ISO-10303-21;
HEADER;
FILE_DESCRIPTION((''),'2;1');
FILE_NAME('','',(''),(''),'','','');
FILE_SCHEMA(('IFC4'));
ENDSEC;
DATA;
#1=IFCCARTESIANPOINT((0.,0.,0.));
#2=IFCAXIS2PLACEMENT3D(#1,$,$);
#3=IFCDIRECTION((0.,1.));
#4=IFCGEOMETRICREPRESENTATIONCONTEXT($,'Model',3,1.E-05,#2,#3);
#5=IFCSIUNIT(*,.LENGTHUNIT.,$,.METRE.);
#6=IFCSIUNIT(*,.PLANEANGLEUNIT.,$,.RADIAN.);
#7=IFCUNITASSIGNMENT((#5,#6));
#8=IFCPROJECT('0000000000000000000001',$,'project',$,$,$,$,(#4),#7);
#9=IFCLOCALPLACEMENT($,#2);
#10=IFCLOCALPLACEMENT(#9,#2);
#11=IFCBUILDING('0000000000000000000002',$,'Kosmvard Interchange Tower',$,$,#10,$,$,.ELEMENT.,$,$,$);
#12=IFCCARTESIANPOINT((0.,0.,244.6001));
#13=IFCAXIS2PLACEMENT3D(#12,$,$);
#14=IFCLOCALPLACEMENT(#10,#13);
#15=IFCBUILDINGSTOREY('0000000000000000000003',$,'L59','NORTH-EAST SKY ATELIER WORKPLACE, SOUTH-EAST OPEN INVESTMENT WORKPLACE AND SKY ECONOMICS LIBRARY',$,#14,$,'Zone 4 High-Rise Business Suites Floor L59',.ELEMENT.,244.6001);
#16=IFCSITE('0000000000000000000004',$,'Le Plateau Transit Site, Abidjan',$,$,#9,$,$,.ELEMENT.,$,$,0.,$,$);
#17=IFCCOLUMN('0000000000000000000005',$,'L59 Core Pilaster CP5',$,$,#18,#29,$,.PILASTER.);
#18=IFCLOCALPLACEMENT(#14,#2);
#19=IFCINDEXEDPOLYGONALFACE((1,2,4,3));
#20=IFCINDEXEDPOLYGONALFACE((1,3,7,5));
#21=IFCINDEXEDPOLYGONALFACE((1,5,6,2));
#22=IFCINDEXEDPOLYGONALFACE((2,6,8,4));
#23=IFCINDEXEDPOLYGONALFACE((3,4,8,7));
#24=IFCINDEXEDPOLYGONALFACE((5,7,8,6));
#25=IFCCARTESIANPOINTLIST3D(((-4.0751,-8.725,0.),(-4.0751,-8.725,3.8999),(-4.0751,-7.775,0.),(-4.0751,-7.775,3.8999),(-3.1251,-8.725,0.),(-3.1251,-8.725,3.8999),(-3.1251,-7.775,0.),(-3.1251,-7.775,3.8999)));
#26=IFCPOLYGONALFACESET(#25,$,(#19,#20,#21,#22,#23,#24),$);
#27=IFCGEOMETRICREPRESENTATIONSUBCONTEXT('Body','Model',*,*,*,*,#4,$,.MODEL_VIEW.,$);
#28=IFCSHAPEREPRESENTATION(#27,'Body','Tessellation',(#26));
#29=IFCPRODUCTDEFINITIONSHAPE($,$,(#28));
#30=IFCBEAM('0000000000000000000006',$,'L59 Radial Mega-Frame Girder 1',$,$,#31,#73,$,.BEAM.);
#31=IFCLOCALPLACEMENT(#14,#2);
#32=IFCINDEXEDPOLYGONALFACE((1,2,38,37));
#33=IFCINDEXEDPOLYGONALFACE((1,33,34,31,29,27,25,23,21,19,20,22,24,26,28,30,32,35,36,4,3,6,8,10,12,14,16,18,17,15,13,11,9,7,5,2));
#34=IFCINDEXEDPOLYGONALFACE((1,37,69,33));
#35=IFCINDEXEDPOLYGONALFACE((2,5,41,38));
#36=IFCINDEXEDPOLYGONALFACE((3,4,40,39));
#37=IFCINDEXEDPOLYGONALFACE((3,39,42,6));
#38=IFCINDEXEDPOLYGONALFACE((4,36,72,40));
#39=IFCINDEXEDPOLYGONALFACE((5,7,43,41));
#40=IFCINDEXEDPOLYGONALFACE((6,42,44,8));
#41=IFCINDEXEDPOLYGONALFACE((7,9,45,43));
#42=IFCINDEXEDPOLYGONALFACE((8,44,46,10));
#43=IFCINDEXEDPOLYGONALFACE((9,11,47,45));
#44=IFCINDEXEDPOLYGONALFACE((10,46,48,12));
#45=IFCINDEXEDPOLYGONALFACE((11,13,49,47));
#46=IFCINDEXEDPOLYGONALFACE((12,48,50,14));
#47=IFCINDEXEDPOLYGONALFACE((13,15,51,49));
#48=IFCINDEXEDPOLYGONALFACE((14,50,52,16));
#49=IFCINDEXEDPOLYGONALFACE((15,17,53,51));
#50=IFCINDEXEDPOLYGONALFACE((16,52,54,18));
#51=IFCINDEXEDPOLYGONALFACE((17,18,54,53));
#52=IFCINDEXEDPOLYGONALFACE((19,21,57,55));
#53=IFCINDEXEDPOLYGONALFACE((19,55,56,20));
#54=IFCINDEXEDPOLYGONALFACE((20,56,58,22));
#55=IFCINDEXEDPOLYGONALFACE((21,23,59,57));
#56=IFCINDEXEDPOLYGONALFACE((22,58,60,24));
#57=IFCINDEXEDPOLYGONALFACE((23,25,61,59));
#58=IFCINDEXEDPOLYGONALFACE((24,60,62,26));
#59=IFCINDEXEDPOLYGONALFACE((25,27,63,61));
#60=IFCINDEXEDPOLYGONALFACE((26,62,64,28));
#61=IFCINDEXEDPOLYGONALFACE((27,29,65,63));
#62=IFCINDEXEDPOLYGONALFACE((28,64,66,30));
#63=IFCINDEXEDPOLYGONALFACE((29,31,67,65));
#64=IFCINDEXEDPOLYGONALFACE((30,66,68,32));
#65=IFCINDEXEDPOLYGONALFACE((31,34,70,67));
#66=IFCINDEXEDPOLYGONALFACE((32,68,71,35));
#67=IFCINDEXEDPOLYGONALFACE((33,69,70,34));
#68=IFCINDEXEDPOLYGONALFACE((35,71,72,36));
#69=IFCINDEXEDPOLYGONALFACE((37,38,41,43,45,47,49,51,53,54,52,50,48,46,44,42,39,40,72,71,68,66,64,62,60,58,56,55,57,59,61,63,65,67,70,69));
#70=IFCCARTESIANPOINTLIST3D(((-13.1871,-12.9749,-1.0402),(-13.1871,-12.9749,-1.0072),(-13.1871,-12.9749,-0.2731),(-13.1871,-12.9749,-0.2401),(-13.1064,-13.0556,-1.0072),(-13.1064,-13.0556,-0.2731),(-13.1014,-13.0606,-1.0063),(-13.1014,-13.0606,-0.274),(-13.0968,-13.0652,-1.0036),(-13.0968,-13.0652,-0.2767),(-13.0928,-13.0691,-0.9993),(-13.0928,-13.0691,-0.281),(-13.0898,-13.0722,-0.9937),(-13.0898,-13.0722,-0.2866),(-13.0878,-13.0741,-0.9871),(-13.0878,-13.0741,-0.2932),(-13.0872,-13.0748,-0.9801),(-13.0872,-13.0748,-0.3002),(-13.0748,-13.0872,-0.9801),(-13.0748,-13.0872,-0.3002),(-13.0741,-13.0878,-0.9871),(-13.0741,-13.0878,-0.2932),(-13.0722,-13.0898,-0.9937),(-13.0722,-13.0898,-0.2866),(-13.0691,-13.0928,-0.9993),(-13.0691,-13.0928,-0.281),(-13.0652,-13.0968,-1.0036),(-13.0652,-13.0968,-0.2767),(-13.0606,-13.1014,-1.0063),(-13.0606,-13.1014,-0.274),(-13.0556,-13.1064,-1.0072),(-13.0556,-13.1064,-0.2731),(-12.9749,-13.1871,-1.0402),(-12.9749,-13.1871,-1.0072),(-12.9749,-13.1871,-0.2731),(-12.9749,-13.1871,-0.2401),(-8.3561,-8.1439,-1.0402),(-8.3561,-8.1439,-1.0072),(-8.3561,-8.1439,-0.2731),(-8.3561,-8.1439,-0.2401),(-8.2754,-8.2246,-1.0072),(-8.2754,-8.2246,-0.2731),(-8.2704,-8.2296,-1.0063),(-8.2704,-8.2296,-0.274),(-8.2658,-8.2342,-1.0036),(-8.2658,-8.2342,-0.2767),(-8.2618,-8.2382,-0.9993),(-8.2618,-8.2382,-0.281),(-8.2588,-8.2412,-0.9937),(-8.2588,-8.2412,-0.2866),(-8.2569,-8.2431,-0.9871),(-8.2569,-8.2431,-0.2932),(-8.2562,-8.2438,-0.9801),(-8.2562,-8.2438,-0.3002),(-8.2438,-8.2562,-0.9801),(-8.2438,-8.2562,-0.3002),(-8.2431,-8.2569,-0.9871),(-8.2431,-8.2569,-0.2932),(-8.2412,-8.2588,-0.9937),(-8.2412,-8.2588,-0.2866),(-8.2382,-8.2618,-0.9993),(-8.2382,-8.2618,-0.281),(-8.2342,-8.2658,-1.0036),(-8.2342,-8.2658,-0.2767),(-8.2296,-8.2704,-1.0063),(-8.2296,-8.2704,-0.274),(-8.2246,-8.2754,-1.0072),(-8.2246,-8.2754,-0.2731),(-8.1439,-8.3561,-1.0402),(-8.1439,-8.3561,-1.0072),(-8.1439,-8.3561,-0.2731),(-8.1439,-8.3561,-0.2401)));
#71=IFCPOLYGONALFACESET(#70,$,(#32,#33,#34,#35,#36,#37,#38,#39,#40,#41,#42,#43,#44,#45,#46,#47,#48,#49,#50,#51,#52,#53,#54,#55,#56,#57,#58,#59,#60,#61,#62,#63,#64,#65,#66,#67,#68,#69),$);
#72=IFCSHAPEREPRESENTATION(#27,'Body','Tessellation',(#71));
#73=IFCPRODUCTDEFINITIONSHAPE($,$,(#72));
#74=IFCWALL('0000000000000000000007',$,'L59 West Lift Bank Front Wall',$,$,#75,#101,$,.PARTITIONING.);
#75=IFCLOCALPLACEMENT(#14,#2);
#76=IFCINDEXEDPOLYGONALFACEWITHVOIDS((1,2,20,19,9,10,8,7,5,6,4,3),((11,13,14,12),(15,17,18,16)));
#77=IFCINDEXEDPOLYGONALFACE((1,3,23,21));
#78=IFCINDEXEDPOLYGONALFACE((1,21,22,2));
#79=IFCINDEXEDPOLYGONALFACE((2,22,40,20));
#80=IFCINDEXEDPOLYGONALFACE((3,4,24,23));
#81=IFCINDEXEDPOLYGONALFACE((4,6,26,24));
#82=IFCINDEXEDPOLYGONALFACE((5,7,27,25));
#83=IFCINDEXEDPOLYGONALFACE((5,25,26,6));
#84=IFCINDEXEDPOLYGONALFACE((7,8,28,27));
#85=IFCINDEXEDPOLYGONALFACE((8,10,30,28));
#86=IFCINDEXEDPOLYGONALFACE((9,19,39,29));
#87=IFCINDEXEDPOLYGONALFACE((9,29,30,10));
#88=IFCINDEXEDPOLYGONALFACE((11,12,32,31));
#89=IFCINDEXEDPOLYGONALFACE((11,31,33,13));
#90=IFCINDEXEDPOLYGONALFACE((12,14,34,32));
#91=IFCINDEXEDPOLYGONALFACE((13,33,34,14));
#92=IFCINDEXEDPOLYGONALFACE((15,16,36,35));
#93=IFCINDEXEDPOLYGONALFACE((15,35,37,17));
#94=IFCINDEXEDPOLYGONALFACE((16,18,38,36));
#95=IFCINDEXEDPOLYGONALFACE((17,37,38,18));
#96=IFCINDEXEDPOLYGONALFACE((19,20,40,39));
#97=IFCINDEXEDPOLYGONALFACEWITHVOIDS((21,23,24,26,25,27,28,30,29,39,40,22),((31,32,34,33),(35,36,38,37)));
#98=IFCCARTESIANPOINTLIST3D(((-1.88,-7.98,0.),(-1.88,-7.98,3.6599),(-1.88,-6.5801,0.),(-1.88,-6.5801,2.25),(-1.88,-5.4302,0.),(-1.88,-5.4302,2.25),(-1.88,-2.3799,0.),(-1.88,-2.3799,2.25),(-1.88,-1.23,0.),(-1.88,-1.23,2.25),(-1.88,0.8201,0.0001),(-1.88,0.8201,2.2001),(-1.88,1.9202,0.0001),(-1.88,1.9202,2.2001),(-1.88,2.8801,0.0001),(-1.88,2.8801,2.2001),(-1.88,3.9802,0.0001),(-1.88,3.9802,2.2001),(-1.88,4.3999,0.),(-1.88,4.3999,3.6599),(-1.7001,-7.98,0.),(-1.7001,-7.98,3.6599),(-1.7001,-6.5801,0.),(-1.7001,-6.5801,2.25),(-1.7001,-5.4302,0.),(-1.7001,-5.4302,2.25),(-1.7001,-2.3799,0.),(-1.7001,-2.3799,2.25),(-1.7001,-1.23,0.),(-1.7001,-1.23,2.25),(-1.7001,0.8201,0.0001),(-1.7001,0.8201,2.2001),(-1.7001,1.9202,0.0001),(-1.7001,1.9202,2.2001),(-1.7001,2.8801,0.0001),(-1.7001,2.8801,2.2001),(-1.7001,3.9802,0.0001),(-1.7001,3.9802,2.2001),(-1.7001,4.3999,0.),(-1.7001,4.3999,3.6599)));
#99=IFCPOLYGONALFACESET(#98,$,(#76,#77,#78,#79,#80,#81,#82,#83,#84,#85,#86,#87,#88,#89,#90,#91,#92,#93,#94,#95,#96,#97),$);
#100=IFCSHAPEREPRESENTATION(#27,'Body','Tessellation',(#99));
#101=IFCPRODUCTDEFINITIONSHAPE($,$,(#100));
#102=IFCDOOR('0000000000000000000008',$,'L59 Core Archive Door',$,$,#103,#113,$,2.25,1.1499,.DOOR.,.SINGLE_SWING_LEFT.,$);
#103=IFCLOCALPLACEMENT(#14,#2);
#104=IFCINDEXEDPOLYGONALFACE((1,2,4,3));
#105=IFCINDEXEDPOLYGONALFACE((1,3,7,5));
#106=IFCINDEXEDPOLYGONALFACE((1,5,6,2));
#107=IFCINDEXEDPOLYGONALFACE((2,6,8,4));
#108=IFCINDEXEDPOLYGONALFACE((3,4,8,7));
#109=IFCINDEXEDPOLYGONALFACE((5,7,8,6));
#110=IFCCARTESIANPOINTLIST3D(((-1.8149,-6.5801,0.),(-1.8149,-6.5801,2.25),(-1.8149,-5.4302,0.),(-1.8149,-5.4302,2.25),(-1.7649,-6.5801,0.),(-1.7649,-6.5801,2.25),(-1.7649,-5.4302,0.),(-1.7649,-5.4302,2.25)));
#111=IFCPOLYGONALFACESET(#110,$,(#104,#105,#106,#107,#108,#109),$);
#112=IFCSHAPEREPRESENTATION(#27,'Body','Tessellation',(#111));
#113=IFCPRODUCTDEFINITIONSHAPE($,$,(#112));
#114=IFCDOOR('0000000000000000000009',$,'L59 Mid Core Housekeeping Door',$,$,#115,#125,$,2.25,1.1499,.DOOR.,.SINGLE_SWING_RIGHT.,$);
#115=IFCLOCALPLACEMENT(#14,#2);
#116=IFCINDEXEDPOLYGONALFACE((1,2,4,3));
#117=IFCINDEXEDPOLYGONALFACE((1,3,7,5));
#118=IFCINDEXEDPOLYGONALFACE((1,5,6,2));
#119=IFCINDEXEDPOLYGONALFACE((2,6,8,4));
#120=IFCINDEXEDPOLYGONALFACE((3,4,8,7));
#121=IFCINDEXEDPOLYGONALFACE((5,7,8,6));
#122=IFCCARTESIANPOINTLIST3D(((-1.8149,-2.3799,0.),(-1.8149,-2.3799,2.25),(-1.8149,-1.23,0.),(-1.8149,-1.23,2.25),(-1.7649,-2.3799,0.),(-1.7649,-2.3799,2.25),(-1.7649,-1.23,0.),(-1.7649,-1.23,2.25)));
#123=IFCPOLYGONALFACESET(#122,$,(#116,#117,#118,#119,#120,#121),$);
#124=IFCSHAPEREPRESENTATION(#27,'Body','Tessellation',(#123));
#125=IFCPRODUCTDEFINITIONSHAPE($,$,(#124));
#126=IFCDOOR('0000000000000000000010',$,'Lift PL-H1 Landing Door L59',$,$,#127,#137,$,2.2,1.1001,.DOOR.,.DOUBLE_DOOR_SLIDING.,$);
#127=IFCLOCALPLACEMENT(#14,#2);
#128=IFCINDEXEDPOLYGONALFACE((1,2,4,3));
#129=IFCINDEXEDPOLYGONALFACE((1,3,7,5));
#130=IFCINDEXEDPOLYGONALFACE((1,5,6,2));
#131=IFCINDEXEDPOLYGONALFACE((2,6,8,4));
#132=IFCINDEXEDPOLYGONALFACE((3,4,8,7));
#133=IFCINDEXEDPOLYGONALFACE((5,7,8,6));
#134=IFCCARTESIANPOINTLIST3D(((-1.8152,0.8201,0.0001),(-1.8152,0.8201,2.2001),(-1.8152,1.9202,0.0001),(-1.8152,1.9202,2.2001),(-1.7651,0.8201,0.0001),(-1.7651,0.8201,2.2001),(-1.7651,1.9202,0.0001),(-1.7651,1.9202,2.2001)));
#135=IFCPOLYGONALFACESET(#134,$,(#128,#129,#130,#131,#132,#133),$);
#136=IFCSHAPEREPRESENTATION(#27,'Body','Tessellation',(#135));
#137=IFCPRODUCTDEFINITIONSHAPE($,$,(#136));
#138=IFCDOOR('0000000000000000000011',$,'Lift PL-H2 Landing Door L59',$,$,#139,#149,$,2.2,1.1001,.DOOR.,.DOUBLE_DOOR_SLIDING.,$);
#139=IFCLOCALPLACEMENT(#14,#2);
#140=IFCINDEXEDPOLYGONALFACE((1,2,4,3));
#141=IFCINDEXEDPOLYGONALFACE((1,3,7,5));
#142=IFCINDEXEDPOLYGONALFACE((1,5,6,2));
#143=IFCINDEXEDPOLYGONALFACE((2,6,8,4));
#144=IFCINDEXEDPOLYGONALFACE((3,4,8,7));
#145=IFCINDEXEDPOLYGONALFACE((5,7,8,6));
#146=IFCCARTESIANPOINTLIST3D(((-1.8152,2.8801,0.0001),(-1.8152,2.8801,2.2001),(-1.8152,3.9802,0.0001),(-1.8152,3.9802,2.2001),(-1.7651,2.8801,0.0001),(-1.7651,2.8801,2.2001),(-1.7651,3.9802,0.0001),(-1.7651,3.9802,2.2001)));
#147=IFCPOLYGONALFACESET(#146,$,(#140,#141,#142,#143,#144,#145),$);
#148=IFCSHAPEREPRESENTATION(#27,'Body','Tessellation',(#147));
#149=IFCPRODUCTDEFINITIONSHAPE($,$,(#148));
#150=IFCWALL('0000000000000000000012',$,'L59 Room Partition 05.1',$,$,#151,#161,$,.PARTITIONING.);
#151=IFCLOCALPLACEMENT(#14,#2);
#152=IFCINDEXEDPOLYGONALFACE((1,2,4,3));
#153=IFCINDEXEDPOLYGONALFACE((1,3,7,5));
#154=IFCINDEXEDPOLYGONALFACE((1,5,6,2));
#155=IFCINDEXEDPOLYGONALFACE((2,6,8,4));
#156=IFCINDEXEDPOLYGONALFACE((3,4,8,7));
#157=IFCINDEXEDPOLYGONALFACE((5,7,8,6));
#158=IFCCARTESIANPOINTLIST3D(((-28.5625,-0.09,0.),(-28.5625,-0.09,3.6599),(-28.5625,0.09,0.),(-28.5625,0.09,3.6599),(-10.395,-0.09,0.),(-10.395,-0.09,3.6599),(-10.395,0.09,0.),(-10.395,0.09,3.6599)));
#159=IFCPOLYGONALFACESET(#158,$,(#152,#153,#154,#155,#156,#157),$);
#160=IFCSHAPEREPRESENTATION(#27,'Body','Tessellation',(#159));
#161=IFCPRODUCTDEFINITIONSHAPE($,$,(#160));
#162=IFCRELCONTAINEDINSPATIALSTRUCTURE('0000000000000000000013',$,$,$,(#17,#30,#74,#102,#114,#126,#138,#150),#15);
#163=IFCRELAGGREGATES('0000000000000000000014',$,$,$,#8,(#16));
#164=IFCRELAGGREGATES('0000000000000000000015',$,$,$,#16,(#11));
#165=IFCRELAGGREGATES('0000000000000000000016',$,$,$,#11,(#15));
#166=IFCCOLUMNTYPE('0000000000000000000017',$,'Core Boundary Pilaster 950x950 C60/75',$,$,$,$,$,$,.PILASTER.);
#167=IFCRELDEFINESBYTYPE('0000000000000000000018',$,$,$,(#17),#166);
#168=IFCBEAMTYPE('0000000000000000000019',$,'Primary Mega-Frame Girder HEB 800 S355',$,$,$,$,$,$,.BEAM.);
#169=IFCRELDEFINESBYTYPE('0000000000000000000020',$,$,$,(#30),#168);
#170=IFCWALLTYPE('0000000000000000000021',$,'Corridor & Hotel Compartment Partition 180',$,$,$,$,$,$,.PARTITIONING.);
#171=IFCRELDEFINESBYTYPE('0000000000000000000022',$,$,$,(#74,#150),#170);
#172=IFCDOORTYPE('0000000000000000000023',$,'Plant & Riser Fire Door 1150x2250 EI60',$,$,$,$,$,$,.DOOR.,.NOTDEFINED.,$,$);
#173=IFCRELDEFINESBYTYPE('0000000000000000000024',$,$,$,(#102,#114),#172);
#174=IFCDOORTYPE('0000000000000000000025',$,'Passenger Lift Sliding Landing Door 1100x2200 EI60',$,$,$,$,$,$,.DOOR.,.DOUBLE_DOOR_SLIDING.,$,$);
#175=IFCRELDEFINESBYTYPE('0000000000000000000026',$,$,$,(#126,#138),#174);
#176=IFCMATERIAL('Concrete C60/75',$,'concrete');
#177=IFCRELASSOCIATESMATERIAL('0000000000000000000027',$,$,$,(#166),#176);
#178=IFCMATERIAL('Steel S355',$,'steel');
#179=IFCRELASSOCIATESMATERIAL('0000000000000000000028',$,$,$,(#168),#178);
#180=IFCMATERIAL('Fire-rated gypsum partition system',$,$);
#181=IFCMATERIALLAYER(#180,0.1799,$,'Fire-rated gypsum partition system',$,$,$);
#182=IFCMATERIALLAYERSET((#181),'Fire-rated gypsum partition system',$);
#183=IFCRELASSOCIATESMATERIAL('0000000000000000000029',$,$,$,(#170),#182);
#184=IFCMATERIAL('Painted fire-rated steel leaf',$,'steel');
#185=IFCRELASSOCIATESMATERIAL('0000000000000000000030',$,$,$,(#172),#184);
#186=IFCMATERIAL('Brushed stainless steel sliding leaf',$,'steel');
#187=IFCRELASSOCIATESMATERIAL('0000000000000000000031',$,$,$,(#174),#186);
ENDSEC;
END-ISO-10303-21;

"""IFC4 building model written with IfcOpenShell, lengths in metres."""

from ifc_helpers import new_model, si_unit, direction, frame, frame_2d, origin, origin_2d, place, context, subcontext, project, spatial, rectangle, i_section, extrude, source, transform, mapped, material, layer, layer_set, material_profile, profile_set, type_object, element, fill, save


model = new_model("IFC4")

# Units and contexts
model_context = context("Model", 3, precision=1e-05, world=origin(), true_north=direction((0.0, 1.0)))
body_context = subcontext(model_context, "Body", "Model", "MODEL_VIEW")
ifc_project = project(units=[si_unit("LENGTHUNIT", "METRE"), si_unit("PLANEANGLEUNIT", "RADIAN")], contexts=[model_context])

# Site, building, storey
site_placement = place(None, origin())
site = spatial("IfcSite", under=ifc_project, at=site_placement, Name="Le Plateau Transit Site, Abidjan", CompositionType="ELEMENT", RefElevation=0.0)
building_placement = place(site_placement, origin())
building = spatial("IfcBuilding", under=site, at=building_placement, Name="Kosmvard Interchange Tower", CompositionType="ELEMENT")
storey_placement = place(building_placement, frame((0.0, 0.0, 244.6001)))
storey = spatial("IfcBuildingStorey", under=building, at=storey_placement, Name="L59", Description="NORTH-EAST SKY ATELIER WORKPLACE, SOUTH-EAST OPEN INVESTMENT WORKPLACE AND SKY ECONOMICS LIBRARY", LongName="Zone 4 High-Rise Business Suites Floor L59", CompositionType="ELEMENT", Elevation=244.6001)

# Column
ifc_material_1 = material(Name="Concrete C60/75", Category="concrete")
ifc_material_profile_1 = material_profile(ifc_material_1, rectangle(XDim=0.95, YDim=0.95, at=origin_2d()), Name="CP 950x950")
ifc_profile_set_1 = profile_set([ifc_material_profile_1], Name="Concrete C60/75")
column_type = type_object("IfcColumnType", Name="Core Boundary Pilaster 950x950 C60/75", PredefinedType="PILASTER", material=ifc_profile_set_1)
shared_shape_1 = source(origin(), body_context, "Body", "SweptSolid", [
    extrude(rectangle(XDim=0.95, YDim=0.95, at=origin_2d()), origin(), (0.0, 0.0, 1.0), 3.8999),
])
column_placement = place(storey_placement, frame((-3.6001, -8.25, 0.0), z_axis=(0.0, 0.0, 1.0), x_axis=(1.0, 0.0, 0.0)))
element("IfcColumn", 1, at=column_placement, inside=storey, type_object=column_type, Name="L59 Core Pilaster CP5", PredefinedType="PILASTER", context=body_context, shape_type="MappedRepresentation", body=[
    mapped(shared_shape_1, transform((0.0, 0.0, 0.0), scale=1.0)),
])

# Beam
ifc_material_2 = material(Name="Steel S355", Category="steel")
ifc_material_profile_2 = material_profile(ifc_material_2, i_section(OverallWidth=0.3, OverallDepth=0.8, WebThickness=0.0176, FlangeThickness=0.033, FilletRadius=0.0271, at=origin_2d()), Name="HEB 800")
ifc_profile_set_2 = profile_set([ifc_material_profile_2], Name="Steel S355")
beam_type = type_object("IfcBeamType", Name="Primary Mega-Frame Girder HEB 800 S355", PredefinedType="BEAM", material=ifc_profile_set_2)
shared_shape_2 = source(origin(), body_context, "Body", "SweptSolid", [
    extrude(i_section(OverallWidth=0.3, OverallDepth=0.8, WebThickness=0.0176, FlangeThickness=0.033, FilletRadius=0.0271, at=origin_2d()), origin(), (0.0, 0.0, 1.0), 6.832),
])
beam_placement = place(storey_placement, frame((-8.25, -8.25, -0.6401), z_axis=(-0.707107, -0.707107, 0.0), x_axis=(0.707107, -0.707107, 0.0)))
element("IfcBeam", 2, at=beam_placement, inside=storey, type_object=beam_type, Name="L59 Radial Mega-Frame Girder 1", PredefinedType="BEAM", context=body_context, shape_type="MappedRepresentation", body=[
    mapped(shared_shape_2, transform((0.0, 0.0, 0.0), scale=1.0)),
])

# Wall, openings, doors
ifc_material_3 = material(Name="Fire-rated gypsum partition system")
ifc_layer_1 = layer(ifc_material_3, 0.1799, Name="Fire-rated gypsum partition system")
ifc_layer_set_1 = layer_set([ifc_layer_1], Name="Fire-rated gypsum partition system")
wall_type_1 = type_object("IfcWallType", Name="Corridor & Hotel Compartment Partition 180", PredefinedType="PARTITIONING", material=ifc_layer_set_1)
wall_1_placement = place(storey_placement, frame((-1.79, -7.98, 0.0), z_axis=(0.0, 0.0, 1.0), x_axis=(0.0, 1.0, 0.0)))
wall_1 = element("IfcWall", 3, at=wall_1_placement, inside=storey, type_object=wall_type_1, Name="L59 West Lift Bank Front Wall", PredefinedType="PARTITIONING", context=body_context, shape_type="SweptSolid", body=[
    extrude(rectangle(XDim=12.3799, YDim=0.1799, at=frame_2d((6.1899, 0.0))), origin(), (0.0, 0.0, 1.0), 3.6599),
])
opening_1_placement = place(wall_1_placement, frame((8.8, 0.0, 0.0)))
opening_1 = element("IfcOpeningElement", 4, at=opening_1_placement, cuts=wall_1, PredefinedType="OPENING", context=body_context, shape_type="SweptSolid", body=[
    extrude(rectangle(XDim=1.1001, YDim=2.2, at=frame_2d((0.55, 1.1001))), frame((0.0, 0.1001, 0.0), z_axis=(0.0, -1.0, 0.0), x_axis=(1.0, 0.0, 0.0)), (0.0, 0.0, 1.0), 0.2),
])
opening_2_placement = place(wall_1_placement, frame((10.8601, 0.0, 0.0)))
opening_2 = element("IfcOpeningElement", 5, at=opening_2_placement, cuts=wall_1, PredefinedType="OPENING", context=body_context, shape_type="SweptSolid", body=[
    extrude(rectangle(XDim=1.1001, YDim=2.2, at=frame_2d((0.55, 1.1001))), frame((0.0, 0.1001, 0.0), z_axis=(0.0, -1.0, 0.0), x_axis=(1.0, 0.0, 0.0)), (0.0, 0.0, 1.0), 0.2),
])
opening_3_placement = place(wall_1_placement, frame((1.3999, 0.0, 0.0)))
opening_3 = element("IfcOpeningElement", 6, at=opening_3_placement, cuts=wall_1, PredefinedType="OPENING", context=body_context, shape_type="SweptSolid", body=[
    extrude(rectangle(XDim=1.1499, YDim=2.25, at=frame_2d((0.575, 1.125))), frame((0.0, 0.1001, 0.0), z_axis=(0.0, -1.0, 0.0), x_axis=(1.0, 0.0, 0.0)), (0.0, 0.0, 1.0), 0.2),
])
opening_4_placement = place(wall_1_placement, frame((5.6001, 0.0, 0.0)))
opening_4 = element("IfcOpeningElement", 7, at=opening_4_placement, cuts=wall_1, PredefinedType="OPENING", context=body_context, shape_type="SweptSolid", body=[
    extrude(rectangle(XDim=1.1499, YDim=2.25, at=frame_2d((0.575, 1.125))), frame((0.0, 0.1001, 0.0), z_axis=(0.0, -1.0, 0.0), x_axis=(1.0, 0.0, 0.0)), (0.0, 0.0, 1.0), 0.2),
])
ifc_material_4 = material(Name="Painted fire-rated steel leaf", Category="steel")
door_type_1 = type_object("IfcDoorType", Name="Plant & Riser Fire Door 1150x2250 EI60", OperationType="NOTDEFINED", PredefinedType="DOOR", material=ifc_material_4)
shared_shape_3 = source(origin(), body_context, "Body", "SweptSolid", [
    extrude(rectangle(XDim=1.1499, YDim=2.25, at=frame_2d((0.575, 1.125))), frame((0.0, 0.0249, 0.0), z_axis=(0.0, -1.0, 0.0), x_axis=(1.0, 0.0, 0.0)), (0.0, 0.0, 1.0), 0.05),
])
door_1_placement = place(opening_3_placement, origin())
door_1 = element("IfcDoor", 8, at=door_1_placement, inside=storey, type_object=door_type_1, Name="L59 Core Archive Door", OperationType="SINGLE_SWING_LEFT", OverallHeight=2.25, OverallWidth=1.1499, PredefinedType="DOOR", context=body_context, shape_type="MappedRepresentation", body=[
    mapped(shared_shape_3, transform((0.0, 0.0, 0.0), scale=1.0)),
])
fill(opening_3, door_1)
door_2_placement = place(opening_4_placement, origin())
door_2 = element("IfcDoor", 9, at=door_2_placement, inside=storey, type_object=door_type_1, Name="L59 Mid Core Housekeeping Door", OperationType="SINGLE_SWING_RIGHT", OverallHeight=2.25, OverallWidth=1.1499, PredefinedType="DOOR", context=body_context, shape_type="MappedRepresentation", body=[
    mapped(shared_shape_3, transform((0.0, 0.0, 0.0), scale=1.0)),
])
fill(opening_4, door_2)
ifc_material_5 = material(Name="Brushed stainless steel sliding leaf", Category="steel")
door_type_2 = type_object("IfcDoorType", Name="Passenger Lift Sliding Landing Door 1100x2200 EI60", OperationType="DOUBLE_DOOR_SLIDING", PredefinedType="DOOR", material=ifc_material_5)
shared_shape_4 = source(origin(), body_context, "Body", "SweptSolid", [
    extrude(rectangle(XDim=1.1001, YDim=2.2, at=frame_2d((0.55, 1.1001))), frame((0.0, 0.0249, 0.0), z_axis=(0.0, -1.0, 0.0), x_axis=(1.0, 0.0, 0.0)), (0.0, 0.0, 1.0), 0.05),
])
door_3_placement = place(opening_1_placement, frame((1.1001, 0.0, 0.0), z_axis=(0.0, 0.0, 1.0), x_axis=(-1.0, 0.0, 0.0)))
door_3 = element("IfcDoor", 10, at=door_3_placement, inside=storey, type_object=door_type_2, Name="Lift PL-H1 Landing Door L59", OperationType="DOUBLE_DOOR_SLIDING", OverallHeight=2.2, OverallWidth=1.1001, PredefinedType="DOOR", context=body_context, shape_type="MappedRepresentation", body=[
    mapped(shared_shape_4, transform((0.0, 0.0, 0.0), scale=1.0)),
])
fill(opening_1, door_3)
door_4_placement = place(opening_2_placement, frame((1.1001, 0.0, 0.0), z_axis=(0.0, 0.0, 1.0), x_axis=(-1.0, 0.0, 0.0)))
door_4 = element("IfcDoor", 11, at=door_4_placement, inside=storey, type_object=door_type_2, Name="Lift PL-H2 Landing Door L59", OperationType="DOUBLE_DOOR_SLIDING", OverallHeight=2.2, OverallWidth=1.1001, PredefinedType="DOOR", context=body_context, shape_type="MappedRepresentation", body=[
    mapped(shared_shape_4, transform((0.0, 0.0, 0.0), scale=1.0)),
])
fill(opening_2, door_4)

# Wall
wall_2_placement = place(storey_placement, frame((-10.395, 0.0, 0.0), z_axis=(0.0, 0.0, 1.0), x_axis=(-1.0, 0.0, 0.0)))
element("IfcWall", 12, at=wall_2_placement, inside=storey, type_object=wall_type_1, Name="L59 Room Partition 05.1", PredefinedType="PARTITIONING", context=body_context, shape_type="SweptSolid", body=[
    extrude(rectangle(XDim=18.1675, YDim=0.1799, at=frame_2d((9.0837, 0.0))), origin(), (0.0, 0.0, 1.0), 3.6599),
])

save(model, "model.ifc")
